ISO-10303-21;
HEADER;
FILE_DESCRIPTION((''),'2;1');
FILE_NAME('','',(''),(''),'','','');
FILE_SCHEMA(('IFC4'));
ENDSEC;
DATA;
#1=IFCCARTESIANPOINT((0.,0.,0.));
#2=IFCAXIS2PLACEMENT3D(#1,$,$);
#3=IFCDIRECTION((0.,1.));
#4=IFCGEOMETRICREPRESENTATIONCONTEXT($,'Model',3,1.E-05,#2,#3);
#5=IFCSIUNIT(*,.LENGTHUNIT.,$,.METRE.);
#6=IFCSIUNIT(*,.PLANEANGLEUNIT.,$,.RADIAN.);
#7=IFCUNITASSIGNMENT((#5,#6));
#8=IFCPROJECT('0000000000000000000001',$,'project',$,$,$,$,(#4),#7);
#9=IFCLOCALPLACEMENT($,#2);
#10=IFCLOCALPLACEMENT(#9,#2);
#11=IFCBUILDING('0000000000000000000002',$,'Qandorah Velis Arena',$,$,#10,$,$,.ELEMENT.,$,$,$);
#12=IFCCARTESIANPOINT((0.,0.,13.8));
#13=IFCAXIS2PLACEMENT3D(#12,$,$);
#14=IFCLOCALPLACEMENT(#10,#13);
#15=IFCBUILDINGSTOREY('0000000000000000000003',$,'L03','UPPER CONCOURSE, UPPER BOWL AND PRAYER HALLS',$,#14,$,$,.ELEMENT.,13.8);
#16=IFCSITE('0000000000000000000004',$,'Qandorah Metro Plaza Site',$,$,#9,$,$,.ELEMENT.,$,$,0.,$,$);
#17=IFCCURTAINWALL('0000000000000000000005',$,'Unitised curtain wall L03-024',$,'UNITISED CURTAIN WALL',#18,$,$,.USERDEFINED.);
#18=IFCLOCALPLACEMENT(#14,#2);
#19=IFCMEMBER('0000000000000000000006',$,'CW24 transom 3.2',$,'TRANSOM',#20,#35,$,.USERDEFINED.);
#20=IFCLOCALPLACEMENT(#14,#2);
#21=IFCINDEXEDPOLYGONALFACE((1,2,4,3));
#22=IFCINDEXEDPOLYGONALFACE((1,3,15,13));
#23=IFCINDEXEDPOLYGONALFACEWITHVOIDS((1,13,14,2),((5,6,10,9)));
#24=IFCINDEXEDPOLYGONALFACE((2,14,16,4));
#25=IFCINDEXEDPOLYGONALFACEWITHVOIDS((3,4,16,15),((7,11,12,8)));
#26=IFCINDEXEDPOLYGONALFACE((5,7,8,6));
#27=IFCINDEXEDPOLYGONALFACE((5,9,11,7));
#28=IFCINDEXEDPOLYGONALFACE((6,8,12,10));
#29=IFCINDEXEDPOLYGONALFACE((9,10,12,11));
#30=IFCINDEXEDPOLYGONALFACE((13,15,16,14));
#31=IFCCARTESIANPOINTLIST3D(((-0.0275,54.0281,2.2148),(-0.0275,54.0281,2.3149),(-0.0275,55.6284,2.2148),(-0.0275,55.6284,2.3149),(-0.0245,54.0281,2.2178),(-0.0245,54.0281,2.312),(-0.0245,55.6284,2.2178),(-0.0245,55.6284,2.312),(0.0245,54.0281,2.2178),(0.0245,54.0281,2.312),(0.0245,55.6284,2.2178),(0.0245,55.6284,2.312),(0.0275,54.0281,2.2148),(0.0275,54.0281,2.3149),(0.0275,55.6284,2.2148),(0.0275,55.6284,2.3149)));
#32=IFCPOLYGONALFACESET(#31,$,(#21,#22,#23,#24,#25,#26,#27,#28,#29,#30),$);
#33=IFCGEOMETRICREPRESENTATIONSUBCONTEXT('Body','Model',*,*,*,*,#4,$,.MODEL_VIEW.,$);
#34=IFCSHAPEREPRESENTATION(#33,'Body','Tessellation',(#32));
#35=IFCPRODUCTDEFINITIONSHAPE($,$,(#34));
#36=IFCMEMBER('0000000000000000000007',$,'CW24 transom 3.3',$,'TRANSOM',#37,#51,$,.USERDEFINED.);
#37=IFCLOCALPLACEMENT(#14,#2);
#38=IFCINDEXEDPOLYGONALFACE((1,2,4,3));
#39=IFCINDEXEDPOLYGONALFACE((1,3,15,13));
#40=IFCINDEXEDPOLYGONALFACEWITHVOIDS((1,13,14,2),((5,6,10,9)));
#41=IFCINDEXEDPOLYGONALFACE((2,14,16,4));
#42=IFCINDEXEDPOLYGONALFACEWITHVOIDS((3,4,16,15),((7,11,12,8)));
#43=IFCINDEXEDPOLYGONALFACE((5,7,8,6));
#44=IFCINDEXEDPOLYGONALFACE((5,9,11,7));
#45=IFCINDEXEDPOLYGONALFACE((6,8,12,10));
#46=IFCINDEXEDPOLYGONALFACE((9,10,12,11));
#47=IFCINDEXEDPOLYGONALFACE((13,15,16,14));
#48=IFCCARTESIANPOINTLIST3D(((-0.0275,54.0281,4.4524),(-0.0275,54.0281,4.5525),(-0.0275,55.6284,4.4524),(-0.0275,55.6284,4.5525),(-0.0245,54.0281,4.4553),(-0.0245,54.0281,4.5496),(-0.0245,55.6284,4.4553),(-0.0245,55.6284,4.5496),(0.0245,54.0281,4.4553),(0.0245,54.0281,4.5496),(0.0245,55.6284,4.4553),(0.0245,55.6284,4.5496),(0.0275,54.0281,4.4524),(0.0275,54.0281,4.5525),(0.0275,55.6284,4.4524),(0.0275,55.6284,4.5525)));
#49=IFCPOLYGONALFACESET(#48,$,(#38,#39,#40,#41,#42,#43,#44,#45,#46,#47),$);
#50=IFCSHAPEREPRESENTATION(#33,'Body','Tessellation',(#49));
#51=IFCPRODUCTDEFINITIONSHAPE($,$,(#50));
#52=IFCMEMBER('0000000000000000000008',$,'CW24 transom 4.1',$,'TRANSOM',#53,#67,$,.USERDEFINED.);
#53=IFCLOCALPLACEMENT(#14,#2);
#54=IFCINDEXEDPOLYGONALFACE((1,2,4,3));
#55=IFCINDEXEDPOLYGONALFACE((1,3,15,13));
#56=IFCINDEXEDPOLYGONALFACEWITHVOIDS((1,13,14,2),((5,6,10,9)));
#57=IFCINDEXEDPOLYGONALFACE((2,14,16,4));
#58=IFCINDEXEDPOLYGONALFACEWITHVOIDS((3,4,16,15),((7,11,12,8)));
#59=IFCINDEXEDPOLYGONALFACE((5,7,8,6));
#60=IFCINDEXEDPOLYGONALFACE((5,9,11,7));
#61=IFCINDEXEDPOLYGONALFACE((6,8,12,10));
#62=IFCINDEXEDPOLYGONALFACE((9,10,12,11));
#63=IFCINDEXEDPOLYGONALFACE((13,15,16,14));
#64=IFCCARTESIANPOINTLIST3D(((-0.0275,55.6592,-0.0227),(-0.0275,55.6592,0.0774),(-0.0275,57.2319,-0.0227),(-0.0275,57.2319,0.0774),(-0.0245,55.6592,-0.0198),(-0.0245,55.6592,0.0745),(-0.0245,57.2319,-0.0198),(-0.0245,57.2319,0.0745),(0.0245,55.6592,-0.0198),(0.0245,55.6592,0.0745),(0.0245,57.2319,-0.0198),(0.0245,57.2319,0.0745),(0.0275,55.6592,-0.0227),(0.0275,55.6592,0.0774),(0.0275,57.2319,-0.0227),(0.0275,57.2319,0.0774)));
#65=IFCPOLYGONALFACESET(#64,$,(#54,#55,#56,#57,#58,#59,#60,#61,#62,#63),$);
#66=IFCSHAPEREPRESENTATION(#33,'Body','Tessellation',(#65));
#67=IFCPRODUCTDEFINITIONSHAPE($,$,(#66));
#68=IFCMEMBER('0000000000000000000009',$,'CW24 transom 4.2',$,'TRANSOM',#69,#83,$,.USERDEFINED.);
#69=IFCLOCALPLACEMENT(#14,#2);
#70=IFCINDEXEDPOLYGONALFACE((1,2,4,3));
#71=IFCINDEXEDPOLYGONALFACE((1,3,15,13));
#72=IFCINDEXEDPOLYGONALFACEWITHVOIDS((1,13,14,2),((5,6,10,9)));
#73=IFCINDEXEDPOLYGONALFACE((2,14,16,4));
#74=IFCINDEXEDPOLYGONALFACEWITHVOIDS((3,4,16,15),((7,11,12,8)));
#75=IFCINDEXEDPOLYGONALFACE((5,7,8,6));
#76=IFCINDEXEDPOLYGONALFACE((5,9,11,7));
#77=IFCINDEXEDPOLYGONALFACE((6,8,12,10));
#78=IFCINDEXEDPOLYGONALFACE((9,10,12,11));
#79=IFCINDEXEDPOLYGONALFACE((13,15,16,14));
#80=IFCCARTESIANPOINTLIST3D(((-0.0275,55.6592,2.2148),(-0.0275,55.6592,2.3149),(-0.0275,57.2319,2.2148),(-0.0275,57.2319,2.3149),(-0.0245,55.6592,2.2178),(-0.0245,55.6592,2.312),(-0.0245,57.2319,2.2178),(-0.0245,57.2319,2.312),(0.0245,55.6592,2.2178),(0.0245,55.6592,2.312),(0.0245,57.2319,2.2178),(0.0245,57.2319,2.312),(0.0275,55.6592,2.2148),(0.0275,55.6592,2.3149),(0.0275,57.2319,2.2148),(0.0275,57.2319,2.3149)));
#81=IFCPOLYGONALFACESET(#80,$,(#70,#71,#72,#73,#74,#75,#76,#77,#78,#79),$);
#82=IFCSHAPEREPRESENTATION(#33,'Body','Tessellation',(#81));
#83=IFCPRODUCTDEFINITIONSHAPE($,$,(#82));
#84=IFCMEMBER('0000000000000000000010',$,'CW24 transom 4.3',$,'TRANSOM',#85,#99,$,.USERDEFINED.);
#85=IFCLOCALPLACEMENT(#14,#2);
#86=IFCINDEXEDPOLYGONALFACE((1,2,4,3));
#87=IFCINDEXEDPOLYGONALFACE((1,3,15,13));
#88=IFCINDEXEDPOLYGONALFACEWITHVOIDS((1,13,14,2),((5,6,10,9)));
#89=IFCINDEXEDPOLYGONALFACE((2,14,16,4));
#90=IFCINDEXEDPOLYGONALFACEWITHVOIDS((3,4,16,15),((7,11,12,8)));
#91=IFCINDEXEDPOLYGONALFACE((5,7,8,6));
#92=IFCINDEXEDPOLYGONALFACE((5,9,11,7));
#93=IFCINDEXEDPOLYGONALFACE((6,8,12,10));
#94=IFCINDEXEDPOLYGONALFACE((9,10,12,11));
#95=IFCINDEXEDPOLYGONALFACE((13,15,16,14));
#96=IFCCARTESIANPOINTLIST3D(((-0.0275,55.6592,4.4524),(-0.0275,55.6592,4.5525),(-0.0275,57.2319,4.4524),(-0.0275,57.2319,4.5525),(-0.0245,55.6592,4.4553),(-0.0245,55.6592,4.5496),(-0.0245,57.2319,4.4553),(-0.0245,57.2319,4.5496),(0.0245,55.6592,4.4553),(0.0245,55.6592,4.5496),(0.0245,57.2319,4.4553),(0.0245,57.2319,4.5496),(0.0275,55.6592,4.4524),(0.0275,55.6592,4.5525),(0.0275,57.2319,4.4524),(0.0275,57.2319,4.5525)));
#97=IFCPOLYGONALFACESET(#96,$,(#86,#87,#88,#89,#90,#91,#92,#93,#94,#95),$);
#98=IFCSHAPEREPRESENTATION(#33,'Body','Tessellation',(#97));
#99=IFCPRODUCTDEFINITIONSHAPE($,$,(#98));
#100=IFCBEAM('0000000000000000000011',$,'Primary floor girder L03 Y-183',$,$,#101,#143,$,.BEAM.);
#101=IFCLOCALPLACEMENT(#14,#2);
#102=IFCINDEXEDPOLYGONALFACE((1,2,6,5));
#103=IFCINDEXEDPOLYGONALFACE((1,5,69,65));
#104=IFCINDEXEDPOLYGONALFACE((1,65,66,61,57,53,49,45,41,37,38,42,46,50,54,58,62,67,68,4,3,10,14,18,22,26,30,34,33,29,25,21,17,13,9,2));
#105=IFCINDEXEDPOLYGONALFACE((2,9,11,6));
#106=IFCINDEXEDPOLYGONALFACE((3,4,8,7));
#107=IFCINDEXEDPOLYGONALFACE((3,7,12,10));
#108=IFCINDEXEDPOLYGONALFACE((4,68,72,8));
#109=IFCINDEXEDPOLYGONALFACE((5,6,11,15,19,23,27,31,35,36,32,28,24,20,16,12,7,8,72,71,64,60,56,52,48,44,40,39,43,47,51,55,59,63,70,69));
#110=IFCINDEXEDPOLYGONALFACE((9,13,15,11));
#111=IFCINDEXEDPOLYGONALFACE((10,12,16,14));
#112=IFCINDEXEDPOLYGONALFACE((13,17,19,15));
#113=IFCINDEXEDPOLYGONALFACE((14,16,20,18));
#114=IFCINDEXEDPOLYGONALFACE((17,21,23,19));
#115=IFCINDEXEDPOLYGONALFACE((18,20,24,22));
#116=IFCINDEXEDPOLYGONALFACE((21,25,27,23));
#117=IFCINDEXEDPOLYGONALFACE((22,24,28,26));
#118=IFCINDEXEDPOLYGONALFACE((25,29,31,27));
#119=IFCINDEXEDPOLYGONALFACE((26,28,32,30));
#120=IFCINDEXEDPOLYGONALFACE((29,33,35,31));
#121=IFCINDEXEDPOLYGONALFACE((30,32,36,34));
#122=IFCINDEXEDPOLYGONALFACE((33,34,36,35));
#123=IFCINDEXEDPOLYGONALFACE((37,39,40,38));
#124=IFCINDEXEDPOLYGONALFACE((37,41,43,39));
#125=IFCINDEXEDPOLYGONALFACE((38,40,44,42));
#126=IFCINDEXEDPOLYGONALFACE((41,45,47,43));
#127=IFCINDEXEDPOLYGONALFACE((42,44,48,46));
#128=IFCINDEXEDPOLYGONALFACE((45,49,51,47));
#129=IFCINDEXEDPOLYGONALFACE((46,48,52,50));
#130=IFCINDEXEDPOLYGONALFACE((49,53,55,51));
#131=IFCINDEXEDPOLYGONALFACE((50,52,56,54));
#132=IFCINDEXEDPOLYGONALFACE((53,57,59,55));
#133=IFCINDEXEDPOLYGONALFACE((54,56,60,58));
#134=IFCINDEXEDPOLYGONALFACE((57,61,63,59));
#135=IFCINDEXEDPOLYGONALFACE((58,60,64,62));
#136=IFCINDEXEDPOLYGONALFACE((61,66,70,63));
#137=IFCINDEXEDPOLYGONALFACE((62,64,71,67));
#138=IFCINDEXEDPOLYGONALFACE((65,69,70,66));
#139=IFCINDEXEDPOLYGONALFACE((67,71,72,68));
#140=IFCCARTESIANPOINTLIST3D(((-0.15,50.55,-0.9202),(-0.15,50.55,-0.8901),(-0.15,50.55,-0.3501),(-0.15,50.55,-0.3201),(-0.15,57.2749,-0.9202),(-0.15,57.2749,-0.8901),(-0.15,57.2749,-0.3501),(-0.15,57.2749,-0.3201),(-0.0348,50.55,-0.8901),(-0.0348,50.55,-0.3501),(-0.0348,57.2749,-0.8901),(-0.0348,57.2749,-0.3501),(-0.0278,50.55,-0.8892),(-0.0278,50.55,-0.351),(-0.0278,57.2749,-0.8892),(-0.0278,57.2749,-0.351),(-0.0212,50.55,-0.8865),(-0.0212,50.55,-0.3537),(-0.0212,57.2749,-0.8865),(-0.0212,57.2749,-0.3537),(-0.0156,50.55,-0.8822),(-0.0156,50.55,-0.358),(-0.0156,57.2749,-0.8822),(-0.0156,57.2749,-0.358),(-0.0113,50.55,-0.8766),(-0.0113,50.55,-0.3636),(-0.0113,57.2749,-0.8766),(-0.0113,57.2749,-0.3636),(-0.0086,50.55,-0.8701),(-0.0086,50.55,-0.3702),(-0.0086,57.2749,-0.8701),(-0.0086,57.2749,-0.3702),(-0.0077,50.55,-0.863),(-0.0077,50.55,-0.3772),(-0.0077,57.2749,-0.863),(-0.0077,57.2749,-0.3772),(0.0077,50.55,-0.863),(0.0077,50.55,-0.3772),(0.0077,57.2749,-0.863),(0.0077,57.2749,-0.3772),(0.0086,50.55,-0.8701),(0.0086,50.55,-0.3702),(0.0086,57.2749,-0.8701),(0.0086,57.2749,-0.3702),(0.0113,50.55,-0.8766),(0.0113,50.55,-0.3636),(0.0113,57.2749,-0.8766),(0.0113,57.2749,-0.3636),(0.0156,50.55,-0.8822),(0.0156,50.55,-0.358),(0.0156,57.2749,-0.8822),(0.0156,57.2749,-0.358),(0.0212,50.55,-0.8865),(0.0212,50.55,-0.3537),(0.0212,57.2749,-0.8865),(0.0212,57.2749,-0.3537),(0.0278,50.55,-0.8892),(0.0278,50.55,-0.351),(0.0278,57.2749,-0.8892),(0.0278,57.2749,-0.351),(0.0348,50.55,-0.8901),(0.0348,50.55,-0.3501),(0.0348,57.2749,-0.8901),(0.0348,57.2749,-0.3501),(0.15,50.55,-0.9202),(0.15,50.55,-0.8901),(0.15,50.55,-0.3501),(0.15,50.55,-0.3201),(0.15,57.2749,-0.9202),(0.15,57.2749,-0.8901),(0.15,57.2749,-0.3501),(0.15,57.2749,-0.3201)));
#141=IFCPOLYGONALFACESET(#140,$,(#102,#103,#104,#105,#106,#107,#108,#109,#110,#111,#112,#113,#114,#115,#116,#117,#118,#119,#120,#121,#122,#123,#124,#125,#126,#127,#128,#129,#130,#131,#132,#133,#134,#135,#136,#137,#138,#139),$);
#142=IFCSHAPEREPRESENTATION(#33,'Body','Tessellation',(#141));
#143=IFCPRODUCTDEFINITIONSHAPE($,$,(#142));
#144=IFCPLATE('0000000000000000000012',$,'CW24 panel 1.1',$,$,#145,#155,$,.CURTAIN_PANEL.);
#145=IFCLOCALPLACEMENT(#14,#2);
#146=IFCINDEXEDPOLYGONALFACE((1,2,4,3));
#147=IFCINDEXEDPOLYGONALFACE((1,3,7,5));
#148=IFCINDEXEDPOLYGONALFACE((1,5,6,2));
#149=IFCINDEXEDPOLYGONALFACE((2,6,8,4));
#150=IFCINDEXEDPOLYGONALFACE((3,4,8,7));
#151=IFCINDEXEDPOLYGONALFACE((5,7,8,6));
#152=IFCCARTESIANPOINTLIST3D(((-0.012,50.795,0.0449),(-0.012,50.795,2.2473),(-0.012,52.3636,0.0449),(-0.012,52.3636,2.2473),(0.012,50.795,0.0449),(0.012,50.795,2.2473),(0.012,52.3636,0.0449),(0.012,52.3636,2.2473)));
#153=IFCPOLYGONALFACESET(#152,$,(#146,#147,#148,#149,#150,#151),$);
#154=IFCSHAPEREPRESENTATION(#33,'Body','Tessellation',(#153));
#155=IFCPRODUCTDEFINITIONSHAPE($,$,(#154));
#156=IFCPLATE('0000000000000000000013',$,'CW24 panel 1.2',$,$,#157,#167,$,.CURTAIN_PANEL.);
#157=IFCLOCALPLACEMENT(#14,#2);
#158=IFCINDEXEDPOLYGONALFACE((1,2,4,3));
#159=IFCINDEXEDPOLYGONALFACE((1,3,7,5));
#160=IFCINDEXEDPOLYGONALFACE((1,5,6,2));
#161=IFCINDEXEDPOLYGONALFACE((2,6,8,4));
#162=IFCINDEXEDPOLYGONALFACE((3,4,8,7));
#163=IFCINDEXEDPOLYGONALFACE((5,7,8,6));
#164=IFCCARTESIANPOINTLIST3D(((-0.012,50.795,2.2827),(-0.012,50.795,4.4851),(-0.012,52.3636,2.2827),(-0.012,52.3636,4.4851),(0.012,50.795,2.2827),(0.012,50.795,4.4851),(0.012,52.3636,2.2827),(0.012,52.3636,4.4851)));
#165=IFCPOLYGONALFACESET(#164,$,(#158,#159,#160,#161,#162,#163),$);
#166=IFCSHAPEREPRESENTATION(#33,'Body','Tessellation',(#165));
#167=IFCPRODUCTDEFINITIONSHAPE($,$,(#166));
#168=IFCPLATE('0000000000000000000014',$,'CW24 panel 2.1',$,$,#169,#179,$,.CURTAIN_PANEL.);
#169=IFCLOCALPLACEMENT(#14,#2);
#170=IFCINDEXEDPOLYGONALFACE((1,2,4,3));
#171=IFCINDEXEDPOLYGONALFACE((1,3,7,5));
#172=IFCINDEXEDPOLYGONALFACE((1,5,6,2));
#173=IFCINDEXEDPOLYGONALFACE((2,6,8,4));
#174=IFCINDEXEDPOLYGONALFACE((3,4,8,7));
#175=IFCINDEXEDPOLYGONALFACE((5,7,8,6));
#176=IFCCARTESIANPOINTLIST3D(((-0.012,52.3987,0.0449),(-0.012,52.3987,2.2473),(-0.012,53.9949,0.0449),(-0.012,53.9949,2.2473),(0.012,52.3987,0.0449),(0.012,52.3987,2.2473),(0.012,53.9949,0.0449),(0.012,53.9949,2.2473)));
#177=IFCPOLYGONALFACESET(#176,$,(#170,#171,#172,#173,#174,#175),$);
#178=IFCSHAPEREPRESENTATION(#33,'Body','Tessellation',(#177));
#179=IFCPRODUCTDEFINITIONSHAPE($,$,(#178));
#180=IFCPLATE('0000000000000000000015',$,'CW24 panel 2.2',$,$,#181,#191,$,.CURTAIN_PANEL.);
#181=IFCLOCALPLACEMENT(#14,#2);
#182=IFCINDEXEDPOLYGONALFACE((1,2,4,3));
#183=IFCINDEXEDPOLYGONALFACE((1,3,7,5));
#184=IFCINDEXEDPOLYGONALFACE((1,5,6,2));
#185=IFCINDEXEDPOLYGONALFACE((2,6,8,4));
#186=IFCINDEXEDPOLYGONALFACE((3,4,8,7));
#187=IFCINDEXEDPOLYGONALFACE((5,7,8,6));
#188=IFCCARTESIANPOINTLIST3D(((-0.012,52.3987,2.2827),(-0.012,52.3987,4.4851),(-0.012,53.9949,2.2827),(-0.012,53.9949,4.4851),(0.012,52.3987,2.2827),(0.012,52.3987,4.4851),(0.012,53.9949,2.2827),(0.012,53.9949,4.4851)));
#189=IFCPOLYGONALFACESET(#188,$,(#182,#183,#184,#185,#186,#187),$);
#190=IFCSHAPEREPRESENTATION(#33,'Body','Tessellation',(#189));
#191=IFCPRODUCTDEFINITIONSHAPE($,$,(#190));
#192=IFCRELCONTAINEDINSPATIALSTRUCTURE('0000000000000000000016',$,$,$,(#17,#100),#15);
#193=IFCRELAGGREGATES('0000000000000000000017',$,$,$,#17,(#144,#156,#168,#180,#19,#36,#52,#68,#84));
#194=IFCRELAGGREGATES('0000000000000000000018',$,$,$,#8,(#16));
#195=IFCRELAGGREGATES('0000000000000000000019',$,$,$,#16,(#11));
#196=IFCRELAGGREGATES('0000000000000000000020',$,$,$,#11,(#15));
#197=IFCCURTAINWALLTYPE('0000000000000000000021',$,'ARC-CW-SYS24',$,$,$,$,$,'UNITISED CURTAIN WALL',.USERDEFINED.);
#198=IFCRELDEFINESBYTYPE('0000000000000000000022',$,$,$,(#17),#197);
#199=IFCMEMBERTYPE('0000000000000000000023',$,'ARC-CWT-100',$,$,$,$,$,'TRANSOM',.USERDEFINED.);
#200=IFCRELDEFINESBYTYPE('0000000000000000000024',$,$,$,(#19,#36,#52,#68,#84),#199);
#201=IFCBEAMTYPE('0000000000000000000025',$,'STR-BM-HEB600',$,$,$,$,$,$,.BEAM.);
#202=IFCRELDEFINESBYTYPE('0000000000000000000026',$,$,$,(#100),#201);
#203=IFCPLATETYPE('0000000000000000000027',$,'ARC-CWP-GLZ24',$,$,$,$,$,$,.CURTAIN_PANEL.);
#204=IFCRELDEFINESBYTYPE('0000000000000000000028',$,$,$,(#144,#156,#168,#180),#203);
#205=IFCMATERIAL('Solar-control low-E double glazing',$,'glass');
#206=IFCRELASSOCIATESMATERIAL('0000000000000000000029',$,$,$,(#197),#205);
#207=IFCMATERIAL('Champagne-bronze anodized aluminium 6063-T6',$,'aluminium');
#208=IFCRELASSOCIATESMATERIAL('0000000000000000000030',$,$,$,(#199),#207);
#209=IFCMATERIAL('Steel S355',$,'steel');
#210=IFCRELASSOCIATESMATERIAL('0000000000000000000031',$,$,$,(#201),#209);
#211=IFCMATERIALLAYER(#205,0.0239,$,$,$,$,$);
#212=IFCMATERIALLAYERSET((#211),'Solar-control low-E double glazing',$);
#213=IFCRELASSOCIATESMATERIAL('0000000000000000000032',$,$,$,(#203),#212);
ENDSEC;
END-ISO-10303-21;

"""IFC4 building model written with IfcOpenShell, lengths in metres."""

from ifc_helpers import new_model, si_unit, direction, frame, origin, origin_2d, place, context, subcontext, project, spatial, rectangle, hollow_rectangle, i_section, extrude, material, layer, layer_set, material_profile, profile_set, type_object, element, aggregate, save


model = new_model("IFC4")

# Units and contexts
model_context = context("Model", 3, precision=1e-05, world=origin(), true_north=direction((0.0, 1.0)))
body_context = subcontext(model_context, "Body", "Model", "MODEL_VIEW")
ifc_project = project(units=[si_unit("LENGTHUNIT", "METRE"), si_unit("PLANEANGLEUNIT", "RADIAN")], contexts=[model_context])

# Site, building, storey
site_placement = place(None, origin())
site = spatial("IfcSite", under=ifc_project, at=site_placement, Name="Qandorah Metro Plaza Site", CompositionType="ELEMENT", RefElevation=0.0)
building_placement = place(site_placement, origin())
building = spatial("IfcBuilding", under=site, at=building_placement, Name="Qandorah Velis Arena", CompositionType="ELEMENT")
storey_placement = place(building_placement, frame((0.0, 0.0, 13.8)))
storey = spatial("IfcBuildingStorey", under=building, at=storey_placement, Name="L03", Description="UPPER CONCOURSE, UPPER BOWL AND PRAYER HALLS", CompositionType="ELEMENT", Elevation=13.8)

# Curtain wall, members
ifc_material_1 = material(Name="Solar-control low-E double glazing", Category="glass")
curtain_wall_type = type_object("IfcCurtainWallType", Name="ARC-CW-SYS24", ElementType="UNITISED CURTAIN WALL", PredefinedType="USERDEFINED", material=ifc_material_1)
curtain_wall_placement = place(storey_placement, origin())
curtain_wall = element("IfcCurtainWall", 1, at=curtain_wall_placement, inside=storey, type_object=curtain_wall_type, Name="Unitised curtain wall L03-024", ObjectType="UNITISED CURTAIN WALL", PredefinedType="USERDEFINED")
ifc_material_2 = material(Name="Champagne-bronze anodized aluminium 6063-T6", Category="aluminium")
ifc_material_profile_1 = material_profile(ifc_material_2, hollow_rectangle(XDim=0.0549, YDim=0.1001, WallThickness=0.0029, at=origin_2d()), Name="ALU TRANSOM 55x100")
ifc_profile_set_1 = profile_set([ifc_material_profile_1], Name="Champagne-bronze anodized aluminium 6063-T6")
member_type_1 = type_object("IfcMemberType", Name="ARC-CWT-100", ElementType="TRANSOM", PredefinedType="USERDEFINED", material=ifc_profile_set_1)
member_1_placement = place(storey_placement, frame((0.0, 54.0281, 2.2649), z_axis=(0.0, 1.0, 0.0), x_axis=(-1.0, 0.0, 0.0)))
member_1 = element("IfcMember", 2, at=member_1_placement, type_object=member_type_1, Name="CW24 transom 3.2", ObjectType="TRANSOM", PredefinedType="USERDEFINED", context=body_context, shape_type="SweptSolid", body=[
    extrude(hollow_rectangle(XDim=0.0549, YDim=0.1001, WallThickness=0.0029, at=origin_2d()), origin(), (0.0, 0.0, 1.0), 1.6003),
])
member_2_placement = place(storey_placement, frame((0.0, 54.0281, 4.5024), z_axis=(0.0, 1.0, 0.0), x_axis=(-1.0, 0.0, 0.0)))
member_2 = element("IfcMember", 3, at=member_2_placement, type_object=member_type_1, Name="CW24 transom 3.3", ObjectType="TRANSOM", PredefinedType="USERDEFINED", context=body_context, shape_type="SweptSolid", body=[
    extrude(hollow_rectangle(XDim=0.0549, YDim=0.1001, WallThickness=0.0029, at=origin_2d()), origin(), (0.0, 0.0, 1.0), 1.6003),
])
member_3_placement = place(storey_placement, frame((0.0, 55.6592, 0.0273), z_axis=(0.0, 1.0, 0.0), x_axis=(-1.0, 0.0, 0.0)))
member_3 = element("IfcMember", 4, at=member_3_placement, type_object=member_type_1, Name="CW24 transom 4.1", ObjectType="TRANSOM", PredefinedType="USERDEFINED", context=body_context, shape_type="SweptSolid", body=[
    extrude(hollow_rectangle(XDim=0.0549, YDim=0.1001, WallThickness=0.0029, at=origin_2d()), origin(), (0.0, 0.0, 1.0), 1.5728),
])
member_4_placement = place(storey_placement, frame((0.0, 55.6592, 2.2649), z_axis=(0.0, 1.0, 0.0), x_axis=(-1.0, 0.0, 0.0)))
member_4 = element("IfcMember", 5, at=member_4_placement, type_object=member_type_1, Name="CW24 transom 4.2", ObjectType="TRANSOM", PredefinedType="USERDEFINED", context=body_context, shape_type="SweptSolid", body=[
    extrude(hollow_rectangle(XDim=0.0549, YDim=0.1001, WallThickness=0.0029, at=origin_2d()), origin(), (0.0, 0.0, 1.0), 1.5728),
])
member_5_placement = place(storey_placement, frame((0.0, 55.6592, 4.5024), z_axis=(0.0, 1.0, 0.0), x_axis=(-1.0, 0.0, 0.0)))
member_5 = element("IfcMember", 6, at=member_5_placement, type_object=member_type_1, Name="CW24 transom 4.3", ObjectType="TRANSOM", PredefinedType="USERDEFINED", context=body_context, shape_type="SweptSolid", body=[
    extrude(hollow_rectangle(XDim=0.0549, YDim=0.1001, WallThickness=0.0029, at=origin_2d()), origin(), (0.0, 0.0, 1.0), 1.5728),
])

# Beam
ifc_material_3 = material(Name="Steel S355", Category="steel")
ifc_material_profile_2 = material_profile(ifc_material_3, i_section(OverallWidth=0.3, OverallDepth=0.6001, WebThickness=0.0154, FlangeThickness=0.03, FilletRadius=0.0271, at=origin_2d()), Name="HEB 600")
ifc_profile_set_2 = profile_set([ifc_material_profile_2], Name="Steel S355")
beam_type = type_object("IfcBeamType", Name="STR-BM-HEB600", PredefinedType="BEAM", material=ifc_profile_set_2)
beam_placement = place(storey_placement, frame((0.0, 50.55, -0.6201), z_axis=(0.0, 1.0, 0.0), x_axis=(-1.0, 0.0, 0.0)))
element("IfcBeam", 7, at=beam_placement, inside=storey, type_object=beam_type, Name="Primary floor girder L03 Y-183", PredefinedType="BEAM", context=body_context, shape_type="SweptSolid", body=[
    extrude(i_section(OverallWidth=0.3, OverallDepth=0.6001, WebThickness=0.0154, FlangeThickness=0.03, FilletRadius=0.0271, at=origin_2d()), origin(), (0.0, 0.0, 1.0), 6.7249),
])

# Plates
ifc_layer_1 = layer(ifc_material_1, 0.0239)
ifc_layer_set_1 = layer_set([ifc_layer_1], Name="Solar-control low-E double glazing")
plate_type = type_object("IfcPlateType", Name="ARC-CWP-GLZ24", PredefinedType="CURTAIN_PANEL", material=ifc_layer_set_1)
plate_1_placement = place(storey_placement, frame((0.0, 51.5793, 0.0449), z_axis=(0.0, 0.0, 1.0), x_axis=(0.0, 1.0, 0.0)))
plate_1 = element("IfcPlate", 8, at=plate_1_placement, type_object=plate_type, Name="CW24 panel 1.1", PredefinedType="CURTAIN_PANEL", context=body_context, shape_type="SweptSolid", body=[
    extrude(rectangle(XDim=1.5686, YDim=0.0239, at=origin_2d()), origin(), (0.0, 0.0, 1.0), 2.2024),
])
plate_2_placement = place(storey_placement, frame((0.0, 51.5793, 2.2827), z_axis=(0.0, 0.0, 1.0), x_axis=(0.0, 1.0, 0.0)))
plate_2 = element("IfcPlate", 9, at=plate_2_placement, type_object=plate_type, Name="CW24 panel 1.2", PredefinedType="CURTAIN_PANEL", context=body_context, shape_type="SweptSolid", body=[
    extrude(rectangle(XDim=1.5686, YDim=0.0239, at=origin_2d()), origin(), (0.0, 0.0, 1.0), 2.2024),
])
plate_3_placement = place(storey_placement, frame((0.0, 53.1968, 0.0449), z_axis=(0.0, 0.0, 1.0), x_axis=(0.0, 1.0, 0.0)))
plate_3 = element("IfcPlate", 10, at=plate_3_placement, type_object=plate_type, Name="CW24 panel 2.1", PredefinedType="CURTAIN_PANEL", context=body_context, shape_type="SweptSolid", body=[
    extrude(rectangle(XDim=1.5962, YDim=0.0239, at=origin_2d()), origin(), (0.0, 0.0, 1.0), 2.2024),
])
plate_4_placement = place(storey_placement, frame((0.0, 53.1968, 2.2827), z_axis=(0.0, 0.0, 1.0), x_axis=(0.0, 1.0, 0.0)))
plate_4 = element("IfcPlate", 11, at=plate_4_placement, type_object=plate_type, Name="CW24 panel 2.2", PredefinedType="CURTAIN_PANEL", context=body_context, shape_type="SweptSolid", body=[
    extrude(rectangle(XDim=1.5962, YDim=0.0239, at=origin_2d()), origin(), (0.0, 0.0, 1.0), 2.2024),
])
aggregate(curtain_wall, [plate_1, plate_2, plate_3, plate_4, member_1, member_2, member_3, member_4, member_5])

save(model, "model.ifc")
